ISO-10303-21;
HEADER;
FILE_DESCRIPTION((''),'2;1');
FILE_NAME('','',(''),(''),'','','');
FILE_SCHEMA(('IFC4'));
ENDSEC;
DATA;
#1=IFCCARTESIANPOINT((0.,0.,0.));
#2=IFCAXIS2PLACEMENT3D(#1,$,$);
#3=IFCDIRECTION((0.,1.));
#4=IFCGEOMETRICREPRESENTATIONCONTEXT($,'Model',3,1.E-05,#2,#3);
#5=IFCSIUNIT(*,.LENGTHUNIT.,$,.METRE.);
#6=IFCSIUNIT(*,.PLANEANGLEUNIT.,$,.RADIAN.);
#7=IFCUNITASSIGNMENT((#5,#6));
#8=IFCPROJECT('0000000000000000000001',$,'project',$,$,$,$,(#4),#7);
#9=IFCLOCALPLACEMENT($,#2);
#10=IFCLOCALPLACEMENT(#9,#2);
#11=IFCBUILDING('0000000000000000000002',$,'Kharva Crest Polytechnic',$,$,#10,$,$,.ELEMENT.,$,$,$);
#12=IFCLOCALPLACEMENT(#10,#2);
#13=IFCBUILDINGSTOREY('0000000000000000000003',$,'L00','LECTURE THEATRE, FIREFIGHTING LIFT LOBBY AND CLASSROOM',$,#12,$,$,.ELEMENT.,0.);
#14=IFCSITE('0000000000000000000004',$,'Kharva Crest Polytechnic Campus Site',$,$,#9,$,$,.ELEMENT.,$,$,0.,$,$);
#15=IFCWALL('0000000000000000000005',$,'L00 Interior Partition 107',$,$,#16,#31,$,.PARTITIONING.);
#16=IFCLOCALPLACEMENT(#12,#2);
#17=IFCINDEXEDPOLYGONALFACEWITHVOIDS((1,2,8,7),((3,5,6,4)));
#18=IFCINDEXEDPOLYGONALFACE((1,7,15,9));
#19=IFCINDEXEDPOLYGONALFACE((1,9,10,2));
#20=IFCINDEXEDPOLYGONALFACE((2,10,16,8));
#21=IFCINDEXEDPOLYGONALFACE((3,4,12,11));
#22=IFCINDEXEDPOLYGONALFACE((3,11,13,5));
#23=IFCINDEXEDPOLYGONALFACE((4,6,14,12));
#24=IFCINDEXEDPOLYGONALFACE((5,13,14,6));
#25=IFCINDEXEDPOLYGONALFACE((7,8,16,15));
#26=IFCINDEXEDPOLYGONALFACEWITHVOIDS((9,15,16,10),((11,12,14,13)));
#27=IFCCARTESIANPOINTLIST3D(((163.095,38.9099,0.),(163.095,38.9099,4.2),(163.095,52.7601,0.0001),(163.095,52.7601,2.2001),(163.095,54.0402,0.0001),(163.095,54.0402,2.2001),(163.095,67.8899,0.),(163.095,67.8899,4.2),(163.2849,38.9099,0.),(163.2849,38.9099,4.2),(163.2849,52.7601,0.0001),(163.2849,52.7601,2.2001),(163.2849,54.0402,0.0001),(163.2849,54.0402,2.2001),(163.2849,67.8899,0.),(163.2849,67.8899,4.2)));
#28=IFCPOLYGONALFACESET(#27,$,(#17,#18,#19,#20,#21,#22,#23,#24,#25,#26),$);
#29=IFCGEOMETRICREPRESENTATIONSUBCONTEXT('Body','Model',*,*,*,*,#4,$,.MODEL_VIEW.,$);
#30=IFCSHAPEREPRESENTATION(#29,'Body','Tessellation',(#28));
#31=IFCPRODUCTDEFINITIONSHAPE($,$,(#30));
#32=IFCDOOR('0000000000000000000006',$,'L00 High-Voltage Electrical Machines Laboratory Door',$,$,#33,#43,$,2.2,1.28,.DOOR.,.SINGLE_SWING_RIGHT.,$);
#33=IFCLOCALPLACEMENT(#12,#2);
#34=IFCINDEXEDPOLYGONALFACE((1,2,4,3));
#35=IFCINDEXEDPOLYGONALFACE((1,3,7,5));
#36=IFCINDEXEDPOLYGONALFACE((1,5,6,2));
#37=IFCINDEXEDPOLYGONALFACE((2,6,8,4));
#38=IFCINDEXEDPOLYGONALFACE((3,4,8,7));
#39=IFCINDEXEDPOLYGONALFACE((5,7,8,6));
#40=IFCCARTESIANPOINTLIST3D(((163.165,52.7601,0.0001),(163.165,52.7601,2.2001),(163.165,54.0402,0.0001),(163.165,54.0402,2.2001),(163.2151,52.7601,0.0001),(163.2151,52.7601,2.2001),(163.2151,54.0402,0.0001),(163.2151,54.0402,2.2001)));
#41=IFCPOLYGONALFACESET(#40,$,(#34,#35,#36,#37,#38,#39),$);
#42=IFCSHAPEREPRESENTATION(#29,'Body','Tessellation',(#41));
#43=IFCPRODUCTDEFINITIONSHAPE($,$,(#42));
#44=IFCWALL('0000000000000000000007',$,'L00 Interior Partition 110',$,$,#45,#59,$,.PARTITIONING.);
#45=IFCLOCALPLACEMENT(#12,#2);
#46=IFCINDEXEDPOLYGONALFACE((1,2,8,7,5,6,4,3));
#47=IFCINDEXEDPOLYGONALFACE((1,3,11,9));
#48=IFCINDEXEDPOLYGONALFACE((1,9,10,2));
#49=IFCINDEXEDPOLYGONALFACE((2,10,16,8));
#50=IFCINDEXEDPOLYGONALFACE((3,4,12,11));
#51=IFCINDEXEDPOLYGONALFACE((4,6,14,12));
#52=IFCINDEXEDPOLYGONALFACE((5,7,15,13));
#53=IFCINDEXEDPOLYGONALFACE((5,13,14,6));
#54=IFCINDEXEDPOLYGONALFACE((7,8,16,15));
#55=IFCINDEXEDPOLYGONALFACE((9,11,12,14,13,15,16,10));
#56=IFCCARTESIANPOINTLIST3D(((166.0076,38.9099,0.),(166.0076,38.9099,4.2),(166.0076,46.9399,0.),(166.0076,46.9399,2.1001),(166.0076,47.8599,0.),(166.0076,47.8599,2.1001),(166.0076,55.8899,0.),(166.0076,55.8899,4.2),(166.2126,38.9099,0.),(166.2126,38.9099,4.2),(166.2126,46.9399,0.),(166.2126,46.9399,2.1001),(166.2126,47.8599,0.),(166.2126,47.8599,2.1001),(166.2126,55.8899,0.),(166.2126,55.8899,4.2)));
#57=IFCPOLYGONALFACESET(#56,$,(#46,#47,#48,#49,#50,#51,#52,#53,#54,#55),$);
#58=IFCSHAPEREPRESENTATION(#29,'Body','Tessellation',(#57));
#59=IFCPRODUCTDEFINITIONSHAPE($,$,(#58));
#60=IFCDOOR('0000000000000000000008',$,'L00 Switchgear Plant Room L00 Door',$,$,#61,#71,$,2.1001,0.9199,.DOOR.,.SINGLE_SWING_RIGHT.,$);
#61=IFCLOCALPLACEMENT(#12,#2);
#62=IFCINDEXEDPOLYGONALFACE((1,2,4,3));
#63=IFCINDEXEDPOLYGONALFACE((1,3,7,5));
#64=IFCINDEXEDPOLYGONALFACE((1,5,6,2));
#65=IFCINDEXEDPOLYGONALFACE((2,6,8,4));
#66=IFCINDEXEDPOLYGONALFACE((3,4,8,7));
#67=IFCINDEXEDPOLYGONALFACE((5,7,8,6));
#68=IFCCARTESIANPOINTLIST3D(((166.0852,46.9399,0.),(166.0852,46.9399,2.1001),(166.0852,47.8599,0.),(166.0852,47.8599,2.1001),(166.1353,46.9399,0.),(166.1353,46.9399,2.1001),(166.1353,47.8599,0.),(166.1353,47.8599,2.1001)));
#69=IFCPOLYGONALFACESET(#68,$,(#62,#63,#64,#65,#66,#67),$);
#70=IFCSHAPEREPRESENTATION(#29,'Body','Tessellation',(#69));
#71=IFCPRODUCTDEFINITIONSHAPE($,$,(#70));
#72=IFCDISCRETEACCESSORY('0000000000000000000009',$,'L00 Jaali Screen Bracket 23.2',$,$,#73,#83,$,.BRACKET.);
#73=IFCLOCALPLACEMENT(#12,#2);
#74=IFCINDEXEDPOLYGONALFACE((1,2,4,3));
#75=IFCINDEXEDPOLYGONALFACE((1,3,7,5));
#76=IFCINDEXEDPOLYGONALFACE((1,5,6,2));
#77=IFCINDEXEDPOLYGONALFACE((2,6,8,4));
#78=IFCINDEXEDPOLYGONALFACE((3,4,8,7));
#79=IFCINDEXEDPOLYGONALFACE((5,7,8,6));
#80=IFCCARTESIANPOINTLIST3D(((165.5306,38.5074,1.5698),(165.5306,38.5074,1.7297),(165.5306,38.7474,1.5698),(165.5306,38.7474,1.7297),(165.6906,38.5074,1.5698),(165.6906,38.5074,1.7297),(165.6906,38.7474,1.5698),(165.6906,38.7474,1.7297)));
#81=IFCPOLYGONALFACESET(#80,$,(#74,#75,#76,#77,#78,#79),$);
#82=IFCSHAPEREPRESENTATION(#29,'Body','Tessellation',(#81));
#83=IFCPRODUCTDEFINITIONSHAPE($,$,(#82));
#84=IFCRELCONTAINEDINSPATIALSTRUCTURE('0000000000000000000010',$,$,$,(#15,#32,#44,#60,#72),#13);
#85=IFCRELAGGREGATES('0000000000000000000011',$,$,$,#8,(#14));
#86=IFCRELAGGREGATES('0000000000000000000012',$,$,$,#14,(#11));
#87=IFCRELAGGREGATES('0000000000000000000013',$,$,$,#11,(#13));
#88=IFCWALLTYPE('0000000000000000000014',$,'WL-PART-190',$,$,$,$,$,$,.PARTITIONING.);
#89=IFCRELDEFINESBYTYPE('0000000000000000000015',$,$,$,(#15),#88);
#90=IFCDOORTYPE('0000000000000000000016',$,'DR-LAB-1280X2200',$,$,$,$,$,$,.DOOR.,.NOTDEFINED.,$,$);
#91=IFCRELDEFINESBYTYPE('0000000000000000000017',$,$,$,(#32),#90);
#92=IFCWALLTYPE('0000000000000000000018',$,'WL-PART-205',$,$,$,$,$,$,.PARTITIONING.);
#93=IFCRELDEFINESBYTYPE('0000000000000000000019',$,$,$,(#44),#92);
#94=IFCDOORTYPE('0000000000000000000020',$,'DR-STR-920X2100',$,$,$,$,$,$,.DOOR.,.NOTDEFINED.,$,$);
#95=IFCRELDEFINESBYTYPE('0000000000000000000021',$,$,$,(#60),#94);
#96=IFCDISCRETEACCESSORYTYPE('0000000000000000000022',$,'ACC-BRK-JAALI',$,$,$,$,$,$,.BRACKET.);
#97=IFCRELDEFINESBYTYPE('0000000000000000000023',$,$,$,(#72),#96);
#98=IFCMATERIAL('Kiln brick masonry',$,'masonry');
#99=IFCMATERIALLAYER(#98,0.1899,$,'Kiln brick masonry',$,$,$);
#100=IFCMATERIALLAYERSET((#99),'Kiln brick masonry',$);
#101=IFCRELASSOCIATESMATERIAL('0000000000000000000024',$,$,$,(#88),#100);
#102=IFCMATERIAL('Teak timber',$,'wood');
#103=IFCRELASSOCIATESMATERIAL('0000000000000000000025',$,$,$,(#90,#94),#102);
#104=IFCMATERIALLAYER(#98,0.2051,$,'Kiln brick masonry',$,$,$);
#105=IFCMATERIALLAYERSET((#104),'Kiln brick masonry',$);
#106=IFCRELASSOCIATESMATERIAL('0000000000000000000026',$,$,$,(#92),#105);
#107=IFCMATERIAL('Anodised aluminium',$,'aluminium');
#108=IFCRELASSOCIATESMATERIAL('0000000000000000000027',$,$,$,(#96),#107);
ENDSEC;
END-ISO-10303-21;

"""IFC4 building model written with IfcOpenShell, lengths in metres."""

from ifc_helpers import new_model, si_unit, direction, frame, frame_2d, origin, origin_2d, place, context, subcontext, project, spatial, rectangle, extrude, material, layer, layer_set, type_object, element, fill, save


model = new_model("IFC4")

# Units and contexts
model_context = context("Model", 3, precision=1e-05, world=origin(), true_north=direction((0.0, 1.0)))
body_context = subcontext(model_context, "Body", "Model", "MODEL_VIEW")
ifc_project = project(units=[si_unit("LENGTHUNIT", "METRE"), si_unit("PLANEANGLEUNIT", "RADIAN")], contexts=[model_context])

# Site, building, storey
site_placement = place(None, origin())
site = spatial("IfcSite", under=ifc_project, at=site_placement, Name="Kharva Crest Polytechnic Campus Site", CompositionType="ELEMENT", RefElevation=0.0)
building_placement = place(site_placement, origin())
building = spatial("IfcBuilding", under=site, at=building_placement, Name="Kharva Crest Polytechnic", CompositionType="ELEMENT")
storey_placement = place(building_placement, origin())
storey = spatial("IfcBuildingStorey", under=building, at=storey_placement, Name="L00", Description="LECTURE THEATRE, FIREFIGHTING LIFT LOBBY AND CLASSROOM", CompositionType="ELEMENT", Elevation=0.0)

# Shared definitions
ifc_material_1 = material(Name="Kiln brick masonry", Category="masonry")
ifc_material_2 = material(Name="Anodised aluminium", Category="aluminium")

# Walls, openings, doors
ifc_layer_1 = layer(ifc_material_1, 0.1899, Name="Kiln brick masonry")
ifc_layer_set_1 = layer_set([ifc_layer_1], Name="Kiln brick masonry")
wall_type_1 = type_object("IfcWallType", Name="WL-PART-190", PredefinedType="PARTITIONING", material=ifc_layer_set_1)
wall_1_placement = place(storey_placement, frame((163.1899, 38.9099, 0.0), z_axis=(0.0, 0.0, 1.0), x_axis=(0.0, 1.0, 0.0)))
wall_1 = element("IfcWall", 1, at=wall_1_placement, inside=storey, type_object=wall_type_1, Name="L00 Interior Partition 107", PredefinedType="PARTITIONING", context=body_context, shape_type="SweptSolid", body=[
    extrude(rectangle(XDim=28.98, YDim=0.1899, at=frame_2d((14.49, 0.0))), origin(), (0.0, 0.0, 1.0), 4.2),
])
opening_1_placement = place(wall_1_placement, frame((13.8501, 0.0, 0.0)))
opening_1 = element("IfcOpeningElement", 2, at=opening_1_placement, cuts=wall_1, PredefinedType="OPENING", context=body_context, shape_type="SweptSolid", body=[
    extrude(rectangle(XDim=1.28, YDim=2.2, at=frame_2d((0.6401, 1.1001))), frame((0.0, 0.105, 0.0), z_axis=(0.0, -1.0, 0.0), x_axis=(1.0, 0.0, 0.0)), (0.0, 0.0, 1.0), 0.21),
])
ifc_material_3 = material(Name="Teak timber", Category="wood")
door_type_1 = type_object("IfcDoorType", Name="DR-LAB-1280X2200", OperationType="NOTDEFINED", PredefinedType="DOOR", material=ifc_material_3)
door_1_placement = place(opening_1_placement, origin())
door_1 = element("IfcDoor", 3, at=door_1_placement, inside=storey, type_object=door_type_1, Name="L00 High-Voltage Electrical Machines Laboratory Door", OperationType="SINGLE_SWING_RIGHT", OverallHeight=2.2, OverallWidth=1.28, PredefinedType="DOOR", context=body_context, shape_type="SweptSolid", body=[
    extrude(rectangle(XDim=1.28, YDim=2.2, at=frame_2d((0.6401, 1.1001))), frame((0.0, 0.0249, 0.0), z_axis=(0.0, -1.0, 0.0), x_axis=(1.0, 0.0, 0.0)), (0.0, 0.0, 1.0), 0.05),
])
fill(opening_1, door_1)
ifc_layer_2 = layer(ifc_material_1, 0.2051, Name="Kiln brick masonry")
ifc_layer_set_2 = layer_set([ifc_layer_2], Name="Kiln brick masonry")
wall_type_2 = type_object("IfcWallType", Name="WL-PART-205", PredefinedType="PARTITIONING", material=ifc_layer_set_2)
wall_2_placement = place(storey_placement, frame((166.1101, 38.9099, 0.0), z_axis=(0.0, 0.0, 1.0), x_axis=(0.0, 1.0, 0.0)))
wall_2 = element("IfcWall", 4, at=wall_2_placement, inside=storey, type_object=wall_type_2, Name="L00 Interior Partition 110", PredefinedType="PARTITIONING", context=body_context, shape_type="SweptSolid", body=[
    extrude(rectangle(XDim=16.98, YDim=0.2051, at=frame_2d((8.49, 0.0))), origin(), (0.0, 0.0, 1.0), 4.2),
])
opening_2_placement = place(wall_2_placement, frame((8.03, 0.0, 0.0)))
opening_2 = element("IfcOpeningElement", 5, at=opening_2_placement, cuts=wall_2, PredefinedType="OPENING", context=body_context, shape_type="SweptSolid", body=[
    extrude(rectangle(XDim=0.9199, YDim=2.1001, at=frame_2d((0.46, 1.05))), frame((0.0, 0.1125, 0.0), z_axis=(0.0, -1.0, 0.0), x_axis=(1.0, 0.0, 0.0)), (0.0, 0.0, 1.0), 0.2251),
])
door_type_2 = type_object("IfcDoorType", Name="DR-STR-920X2100", OperationType="NOTDEFINED", PredefinedType="DOOR", material=ifc_material_3)
door_2_placement = place(opening_2_placement, origin())
door_2 = element("IfcDoor", 6, at=door_2_placement, inside=storey, type_object=door_type_2, Name="L00 Switchgear Plant Room L00 Door", OperationType="SINGLE_SWING_RIGHT", OverallHeight=2.1001, OverallWidth=0.9199, PredefinedType="DOOR", context=body_context, shape_type="SweptSolid", body=[
    extrude(rectangle(XDim=0.9199, YDim=2.1001, at=frame_2d((0.46, 1.05))), frame((0.0, 0.0249, 0.0), z_axis=(0.0, -1.0, 0.0), x_axis=(1.0, 0.0, 0.0)), (0.0, 0.0, 1.0), 0.05),
])
fill(opening_2, door_2)

# Discrete accessory
discrete_accessory_type = type_object("IfcDiscreteAccessoryType", Name="ACC-BRK-JAALI", PredefinedType="BRACKET", material=ifc_material_2)
discrete_accessory_placement = place(storey_placement, frame((165.6106, 38.6274, 1.5698), z_axis=(0.0, 0.0, 1.0), x_axis=(1.0, 0.0, 0.0)))
element("IfcDiscreteAccessory", 7, at=discrete_accessory_placement, inside=storey, type_object=discrete_accessory_type, Name="L00 Jaali Screen Bracket 23.2", PredefinedType="BRACKET", context=body_context, shape_type="SweptSolid", body=[
    extrude(rectangle(XDim=0.1599, YDim=0.24, at=origin_2d()), origin(), (0.0, 0.0, 1.0), 0.1599),
])

save(model, "model.ifc")
